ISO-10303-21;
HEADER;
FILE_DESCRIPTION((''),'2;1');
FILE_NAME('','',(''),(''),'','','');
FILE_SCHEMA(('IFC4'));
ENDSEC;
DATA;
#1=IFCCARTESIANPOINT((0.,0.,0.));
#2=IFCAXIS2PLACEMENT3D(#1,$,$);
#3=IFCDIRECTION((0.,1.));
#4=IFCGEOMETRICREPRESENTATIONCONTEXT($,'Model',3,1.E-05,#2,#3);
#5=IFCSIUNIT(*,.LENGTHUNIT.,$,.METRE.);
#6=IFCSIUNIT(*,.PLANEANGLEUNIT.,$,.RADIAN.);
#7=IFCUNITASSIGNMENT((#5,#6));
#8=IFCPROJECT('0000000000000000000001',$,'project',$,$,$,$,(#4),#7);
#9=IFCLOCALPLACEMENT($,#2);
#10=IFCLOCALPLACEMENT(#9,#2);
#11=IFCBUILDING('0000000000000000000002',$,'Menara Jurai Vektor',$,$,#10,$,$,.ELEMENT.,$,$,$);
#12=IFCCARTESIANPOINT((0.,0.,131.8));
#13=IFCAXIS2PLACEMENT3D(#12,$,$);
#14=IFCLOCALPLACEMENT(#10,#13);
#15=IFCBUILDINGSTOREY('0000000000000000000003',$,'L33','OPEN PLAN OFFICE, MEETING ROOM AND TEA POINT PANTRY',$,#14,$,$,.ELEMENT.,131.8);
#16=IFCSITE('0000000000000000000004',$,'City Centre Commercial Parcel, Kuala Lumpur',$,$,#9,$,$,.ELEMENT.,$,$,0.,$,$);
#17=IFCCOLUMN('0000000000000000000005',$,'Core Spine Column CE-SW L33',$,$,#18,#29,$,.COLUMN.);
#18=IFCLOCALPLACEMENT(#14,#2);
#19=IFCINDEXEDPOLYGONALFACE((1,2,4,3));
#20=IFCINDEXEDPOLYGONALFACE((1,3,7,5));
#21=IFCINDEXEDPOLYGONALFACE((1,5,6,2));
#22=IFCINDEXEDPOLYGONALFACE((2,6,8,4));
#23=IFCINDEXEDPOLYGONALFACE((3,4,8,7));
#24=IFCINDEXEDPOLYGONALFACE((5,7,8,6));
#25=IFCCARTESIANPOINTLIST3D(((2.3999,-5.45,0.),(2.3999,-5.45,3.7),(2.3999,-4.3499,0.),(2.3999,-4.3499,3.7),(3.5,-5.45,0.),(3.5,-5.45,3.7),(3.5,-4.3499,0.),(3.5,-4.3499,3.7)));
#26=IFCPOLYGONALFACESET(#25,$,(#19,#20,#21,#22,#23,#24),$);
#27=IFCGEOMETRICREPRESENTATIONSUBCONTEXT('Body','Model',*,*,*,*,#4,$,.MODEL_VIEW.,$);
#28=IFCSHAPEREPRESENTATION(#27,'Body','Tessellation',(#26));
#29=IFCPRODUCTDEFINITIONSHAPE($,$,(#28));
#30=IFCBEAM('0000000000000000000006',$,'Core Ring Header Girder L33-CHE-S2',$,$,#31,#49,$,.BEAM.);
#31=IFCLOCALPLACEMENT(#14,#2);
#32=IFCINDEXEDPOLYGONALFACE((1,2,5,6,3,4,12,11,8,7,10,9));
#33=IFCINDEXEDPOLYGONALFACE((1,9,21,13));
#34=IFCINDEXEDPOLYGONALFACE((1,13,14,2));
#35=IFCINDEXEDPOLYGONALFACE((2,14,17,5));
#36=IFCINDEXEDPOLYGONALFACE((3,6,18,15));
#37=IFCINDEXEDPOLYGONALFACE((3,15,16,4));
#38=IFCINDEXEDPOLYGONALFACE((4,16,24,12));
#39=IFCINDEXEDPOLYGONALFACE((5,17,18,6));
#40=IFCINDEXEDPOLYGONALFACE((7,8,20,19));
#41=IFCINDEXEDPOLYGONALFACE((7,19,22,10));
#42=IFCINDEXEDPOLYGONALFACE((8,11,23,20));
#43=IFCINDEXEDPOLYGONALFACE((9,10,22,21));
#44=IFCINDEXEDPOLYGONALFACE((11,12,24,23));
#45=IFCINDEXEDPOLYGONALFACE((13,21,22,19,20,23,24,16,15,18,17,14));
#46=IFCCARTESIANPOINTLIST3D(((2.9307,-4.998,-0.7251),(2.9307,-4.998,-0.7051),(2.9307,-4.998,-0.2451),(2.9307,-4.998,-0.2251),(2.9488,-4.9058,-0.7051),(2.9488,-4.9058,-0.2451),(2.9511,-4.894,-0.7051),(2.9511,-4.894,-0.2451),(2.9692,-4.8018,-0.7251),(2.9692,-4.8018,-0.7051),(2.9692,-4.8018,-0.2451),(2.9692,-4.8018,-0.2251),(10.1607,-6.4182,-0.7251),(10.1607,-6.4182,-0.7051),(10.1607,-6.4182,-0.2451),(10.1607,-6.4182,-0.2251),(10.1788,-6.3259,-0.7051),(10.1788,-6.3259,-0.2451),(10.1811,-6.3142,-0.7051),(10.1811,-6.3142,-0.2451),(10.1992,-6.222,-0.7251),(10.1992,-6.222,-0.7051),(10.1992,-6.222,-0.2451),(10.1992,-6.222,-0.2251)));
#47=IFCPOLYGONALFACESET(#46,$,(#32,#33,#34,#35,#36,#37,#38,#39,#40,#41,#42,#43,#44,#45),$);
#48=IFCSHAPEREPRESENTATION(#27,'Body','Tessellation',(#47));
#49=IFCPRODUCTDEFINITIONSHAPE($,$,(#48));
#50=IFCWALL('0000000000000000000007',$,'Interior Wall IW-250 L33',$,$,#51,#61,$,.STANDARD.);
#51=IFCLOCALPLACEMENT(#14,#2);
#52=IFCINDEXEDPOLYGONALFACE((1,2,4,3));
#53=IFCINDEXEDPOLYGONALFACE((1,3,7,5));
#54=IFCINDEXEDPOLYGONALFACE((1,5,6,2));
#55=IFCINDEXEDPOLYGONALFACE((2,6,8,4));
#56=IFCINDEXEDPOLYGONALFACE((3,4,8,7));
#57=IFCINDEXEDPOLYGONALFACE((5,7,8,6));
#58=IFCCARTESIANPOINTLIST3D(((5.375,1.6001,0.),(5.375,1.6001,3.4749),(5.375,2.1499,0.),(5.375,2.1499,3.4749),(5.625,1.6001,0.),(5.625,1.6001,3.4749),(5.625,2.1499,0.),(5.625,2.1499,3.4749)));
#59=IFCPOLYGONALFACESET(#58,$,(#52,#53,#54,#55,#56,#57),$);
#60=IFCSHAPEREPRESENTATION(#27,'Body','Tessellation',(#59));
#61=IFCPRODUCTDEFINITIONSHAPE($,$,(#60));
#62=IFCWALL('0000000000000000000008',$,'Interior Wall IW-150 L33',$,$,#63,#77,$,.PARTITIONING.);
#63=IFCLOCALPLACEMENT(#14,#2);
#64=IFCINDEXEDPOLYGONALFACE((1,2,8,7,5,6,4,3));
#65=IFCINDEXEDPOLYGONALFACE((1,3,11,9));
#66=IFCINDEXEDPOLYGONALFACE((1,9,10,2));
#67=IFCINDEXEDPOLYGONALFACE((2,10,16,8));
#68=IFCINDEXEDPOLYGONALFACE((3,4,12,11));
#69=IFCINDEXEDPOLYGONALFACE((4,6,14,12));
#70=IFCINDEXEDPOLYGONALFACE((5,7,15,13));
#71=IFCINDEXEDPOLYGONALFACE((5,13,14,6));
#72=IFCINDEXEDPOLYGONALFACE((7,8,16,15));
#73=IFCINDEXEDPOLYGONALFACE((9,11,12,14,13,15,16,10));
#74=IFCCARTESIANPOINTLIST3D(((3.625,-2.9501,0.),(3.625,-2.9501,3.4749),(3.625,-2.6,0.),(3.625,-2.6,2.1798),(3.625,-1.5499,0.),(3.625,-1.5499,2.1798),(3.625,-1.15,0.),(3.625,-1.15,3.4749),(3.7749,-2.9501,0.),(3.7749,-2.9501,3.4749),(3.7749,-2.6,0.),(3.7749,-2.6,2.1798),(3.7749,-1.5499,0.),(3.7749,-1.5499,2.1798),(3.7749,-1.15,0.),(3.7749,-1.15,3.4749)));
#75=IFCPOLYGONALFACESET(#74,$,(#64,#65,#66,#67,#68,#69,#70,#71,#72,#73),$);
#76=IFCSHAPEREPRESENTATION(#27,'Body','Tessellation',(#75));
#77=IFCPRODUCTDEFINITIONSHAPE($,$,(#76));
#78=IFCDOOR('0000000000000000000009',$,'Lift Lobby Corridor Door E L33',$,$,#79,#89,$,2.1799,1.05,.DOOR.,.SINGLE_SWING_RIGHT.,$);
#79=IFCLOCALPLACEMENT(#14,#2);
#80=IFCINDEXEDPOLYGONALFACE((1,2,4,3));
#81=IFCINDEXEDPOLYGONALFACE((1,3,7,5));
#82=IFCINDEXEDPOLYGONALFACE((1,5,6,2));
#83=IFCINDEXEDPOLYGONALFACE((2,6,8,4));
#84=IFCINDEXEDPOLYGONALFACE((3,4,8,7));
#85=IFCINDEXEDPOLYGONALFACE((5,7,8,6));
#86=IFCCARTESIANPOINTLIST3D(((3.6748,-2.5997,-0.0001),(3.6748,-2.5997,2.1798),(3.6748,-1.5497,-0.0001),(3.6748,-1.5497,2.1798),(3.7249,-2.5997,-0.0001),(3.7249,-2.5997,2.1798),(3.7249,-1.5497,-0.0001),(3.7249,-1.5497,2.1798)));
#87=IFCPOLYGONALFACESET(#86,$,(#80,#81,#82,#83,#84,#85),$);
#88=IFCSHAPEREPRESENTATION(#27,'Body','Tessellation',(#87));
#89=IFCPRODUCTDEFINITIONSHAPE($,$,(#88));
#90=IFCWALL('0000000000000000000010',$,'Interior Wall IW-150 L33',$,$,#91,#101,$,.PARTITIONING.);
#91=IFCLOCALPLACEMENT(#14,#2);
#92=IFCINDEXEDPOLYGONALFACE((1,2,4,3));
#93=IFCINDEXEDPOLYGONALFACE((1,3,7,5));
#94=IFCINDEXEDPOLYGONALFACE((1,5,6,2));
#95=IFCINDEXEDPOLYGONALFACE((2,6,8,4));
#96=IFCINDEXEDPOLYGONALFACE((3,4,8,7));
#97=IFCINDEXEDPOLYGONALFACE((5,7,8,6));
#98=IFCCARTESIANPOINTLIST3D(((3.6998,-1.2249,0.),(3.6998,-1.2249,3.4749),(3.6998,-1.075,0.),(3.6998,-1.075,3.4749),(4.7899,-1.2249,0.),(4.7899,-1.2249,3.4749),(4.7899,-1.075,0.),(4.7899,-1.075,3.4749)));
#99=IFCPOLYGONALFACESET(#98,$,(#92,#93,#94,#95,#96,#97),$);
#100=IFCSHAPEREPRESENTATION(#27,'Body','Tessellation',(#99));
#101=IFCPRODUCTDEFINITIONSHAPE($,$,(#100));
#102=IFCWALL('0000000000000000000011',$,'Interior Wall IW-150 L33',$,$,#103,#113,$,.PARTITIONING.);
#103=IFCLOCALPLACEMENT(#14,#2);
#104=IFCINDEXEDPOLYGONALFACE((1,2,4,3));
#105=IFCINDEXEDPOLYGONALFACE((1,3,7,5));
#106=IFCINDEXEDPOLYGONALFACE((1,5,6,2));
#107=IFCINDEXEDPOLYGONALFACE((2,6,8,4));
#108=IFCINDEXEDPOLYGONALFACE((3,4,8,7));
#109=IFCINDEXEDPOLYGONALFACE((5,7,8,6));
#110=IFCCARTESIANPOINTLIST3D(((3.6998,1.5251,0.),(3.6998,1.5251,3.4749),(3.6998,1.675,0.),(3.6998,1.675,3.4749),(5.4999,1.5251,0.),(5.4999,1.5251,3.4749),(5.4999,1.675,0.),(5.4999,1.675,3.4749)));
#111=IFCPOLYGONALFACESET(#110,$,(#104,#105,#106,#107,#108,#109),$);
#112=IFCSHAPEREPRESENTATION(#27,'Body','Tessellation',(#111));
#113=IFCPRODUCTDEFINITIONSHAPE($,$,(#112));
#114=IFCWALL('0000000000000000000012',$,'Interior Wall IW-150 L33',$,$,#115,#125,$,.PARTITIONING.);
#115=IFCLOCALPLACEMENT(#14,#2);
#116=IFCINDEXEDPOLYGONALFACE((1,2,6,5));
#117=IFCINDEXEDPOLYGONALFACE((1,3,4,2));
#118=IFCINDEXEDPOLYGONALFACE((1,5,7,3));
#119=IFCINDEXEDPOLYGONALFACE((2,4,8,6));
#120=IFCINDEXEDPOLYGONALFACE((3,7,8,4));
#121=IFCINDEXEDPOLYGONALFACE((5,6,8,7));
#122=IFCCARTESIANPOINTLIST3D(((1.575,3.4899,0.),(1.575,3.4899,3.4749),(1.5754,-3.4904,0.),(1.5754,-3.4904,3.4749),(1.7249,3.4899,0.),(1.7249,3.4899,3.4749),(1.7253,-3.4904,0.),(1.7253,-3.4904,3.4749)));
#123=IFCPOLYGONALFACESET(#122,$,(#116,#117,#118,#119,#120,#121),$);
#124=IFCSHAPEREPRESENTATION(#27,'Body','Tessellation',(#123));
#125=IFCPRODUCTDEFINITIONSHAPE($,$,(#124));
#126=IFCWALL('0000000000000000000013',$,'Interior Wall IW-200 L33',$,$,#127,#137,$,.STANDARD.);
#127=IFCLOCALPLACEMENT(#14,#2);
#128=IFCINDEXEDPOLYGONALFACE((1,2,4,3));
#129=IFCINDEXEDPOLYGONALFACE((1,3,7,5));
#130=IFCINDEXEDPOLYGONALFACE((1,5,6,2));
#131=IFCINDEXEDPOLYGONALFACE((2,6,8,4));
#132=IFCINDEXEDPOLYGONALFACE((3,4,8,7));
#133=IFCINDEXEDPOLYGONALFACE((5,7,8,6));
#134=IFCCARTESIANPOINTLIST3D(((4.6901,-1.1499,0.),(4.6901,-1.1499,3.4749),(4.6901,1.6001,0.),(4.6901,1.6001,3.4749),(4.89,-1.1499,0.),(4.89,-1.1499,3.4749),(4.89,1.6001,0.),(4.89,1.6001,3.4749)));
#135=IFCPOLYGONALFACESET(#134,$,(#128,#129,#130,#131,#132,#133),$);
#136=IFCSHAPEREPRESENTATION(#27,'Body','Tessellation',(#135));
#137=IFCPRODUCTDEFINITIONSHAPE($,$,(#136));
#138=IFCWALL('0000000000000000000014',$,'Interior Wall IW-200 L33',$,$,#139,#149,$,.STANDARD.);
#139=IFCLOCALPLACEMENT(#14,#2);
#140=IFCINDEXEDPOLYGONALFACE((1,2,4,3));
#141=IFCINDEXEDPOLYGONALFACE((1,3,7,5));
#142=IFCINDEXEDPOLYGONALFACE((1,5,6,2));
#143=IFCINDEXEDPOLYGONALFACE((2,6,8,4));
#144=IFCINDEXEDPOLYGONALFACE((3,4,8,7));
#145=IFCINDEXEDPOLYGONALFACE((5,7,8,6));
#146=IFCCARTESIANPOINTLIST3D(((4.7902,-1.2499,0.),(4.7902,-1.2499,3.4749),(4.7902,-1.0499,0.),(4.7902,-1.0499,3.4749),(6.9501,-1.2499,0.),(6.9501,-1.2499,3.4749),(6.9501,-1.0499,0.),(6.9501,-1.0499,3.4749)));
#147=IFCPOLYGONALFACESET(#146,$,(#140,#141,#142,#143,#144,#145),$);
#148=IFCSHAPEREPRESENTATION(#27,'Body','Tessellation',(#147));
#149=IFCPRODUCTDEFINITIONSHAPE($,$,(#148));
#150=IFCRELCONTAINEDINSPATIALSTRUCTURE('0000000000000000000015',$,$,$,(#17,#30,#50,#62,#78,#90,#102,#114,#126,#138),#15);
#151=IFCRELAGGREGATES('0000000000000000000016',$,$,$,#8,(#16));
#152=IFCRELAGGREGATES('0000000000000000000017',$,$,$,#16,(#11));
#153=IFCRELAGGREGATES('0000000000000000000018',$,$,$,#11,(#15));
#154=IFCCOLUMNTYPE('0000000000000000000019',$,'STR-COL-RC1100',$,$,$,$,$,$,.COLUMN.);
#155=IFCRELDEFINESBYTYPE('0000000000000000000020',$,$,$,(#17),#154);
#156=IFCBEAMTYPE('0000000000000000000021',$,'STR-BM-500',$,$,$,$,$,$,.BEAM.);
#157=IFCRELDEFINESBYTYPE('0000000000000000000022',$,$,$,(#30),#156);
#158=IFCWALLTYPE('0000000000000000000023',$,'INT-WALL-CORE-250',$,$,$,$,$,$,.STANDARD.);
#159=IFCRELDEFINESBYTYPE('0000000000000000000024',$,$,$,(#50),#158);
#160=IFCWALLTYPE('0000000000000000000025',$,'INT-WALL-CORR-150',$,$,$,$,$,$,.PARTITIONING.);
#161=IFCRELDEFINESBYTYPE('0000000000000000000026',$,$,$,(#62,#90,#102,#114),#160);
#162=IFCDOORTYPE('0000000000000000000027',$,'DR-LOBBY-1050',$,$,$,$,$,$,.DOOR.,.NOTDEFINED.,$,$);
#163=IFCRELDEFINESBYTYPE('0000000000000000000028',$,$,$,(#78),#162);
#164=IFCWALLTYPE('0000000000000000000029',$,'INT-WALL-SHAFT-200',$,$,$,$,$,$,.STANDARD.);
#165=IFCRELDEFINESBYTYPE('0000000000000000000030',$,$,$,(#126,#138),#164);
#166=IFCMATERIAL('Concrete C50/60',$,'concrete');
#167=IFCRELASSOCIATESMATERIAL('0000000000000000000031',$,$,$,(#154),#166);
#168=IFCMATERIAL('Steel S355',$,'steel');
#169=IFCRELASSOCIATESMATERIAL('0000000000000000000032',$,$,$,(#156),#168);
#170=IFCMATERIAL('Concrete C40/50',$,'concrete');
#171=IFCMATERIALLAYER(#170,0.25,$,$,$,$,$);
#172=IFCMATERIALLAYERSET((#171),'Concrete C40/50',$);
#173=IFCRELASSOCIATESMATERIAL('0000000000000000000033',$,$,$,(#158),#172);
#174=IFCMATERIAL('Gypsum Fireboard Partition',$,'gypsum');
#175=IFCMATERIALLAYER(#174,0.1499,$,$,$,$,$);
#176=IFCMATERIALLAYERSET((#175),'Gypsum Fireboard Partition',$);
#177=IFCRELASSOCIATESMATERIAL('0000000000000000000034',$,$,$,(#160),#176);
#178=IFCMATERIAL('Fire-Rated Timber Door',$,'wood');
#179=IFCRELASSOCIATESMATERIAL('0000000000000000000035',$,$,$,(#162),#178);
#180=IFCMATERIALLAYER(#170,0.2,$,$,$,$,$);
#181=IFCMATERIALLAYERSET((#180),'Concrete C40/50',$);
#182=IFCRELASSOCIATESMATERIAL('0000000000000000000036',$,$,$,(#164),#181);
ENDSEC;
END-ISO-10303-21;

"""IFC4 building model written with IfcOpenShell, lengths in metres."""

from ifc_helpers import new_model, si_unit, direction, frame, frame_2d, origin, origin_2d, place, context, subcontext, project, spatial, rectangle, i_section, extrude, material, layer, layer_set, material_profile, profile_set, type_object, element, fill, save


model = new_model("IFC4")

# Units and contexts
model_context = context("Model", 3, precision=1e-05, world=origin(), true_north=direction((0.0, 1.0)))
body_context = subcontext(model_context, "Body", "Model", "MODEL_VIEW")
ifc_project = project(units=[si_unit("LENGTHUNIT", "METRE"), si_unit("PLANEANGLEUNIT", "RADIAN")], contexts=[model_context])

# Site, building, storey
site_placement = place(None, origin())
site = spatial("IfcSite", under=ifc_project, at=site_placement, Name="City Centre Commercial Parcel, Kuala Lumpur", CompositionType="ELEMENT", RefElevation=0.0)
building_placement = place(site_placement, origin())
building = spatial("IfcBuilding", under=site, at=building_placement, Name="Menara Jurai Vektor", CompositionType="ELEMENT")
storey_placement = place(building_placement, frame((0.0, 0.0, 131.8)))
storey = spatial("IfcBuildingStorey", under=building, at=storey_placement, Name="L33", Description="OPEN PLAN OFFICE, MEETING ROOM AND TEA POINT PANTRY", CompositionType="ELEMENT", Elevation=131.8)

# Column
ifc_material_1 = material(Name="Concrete C50/60", Category="concrete")
ifc_material_profile_1 = material_profile(ifc_material_1, rectangle(XDim=1.1001, YDim=1.1001, at=origin_2d()), Name="RC 1100x1100")
ifc_profile_set_1 = profile_set([ifc_material_profile_1], Name="Concrete C50/60")
column_type = type_object("IfcColumnType", Name="STR-COL-RC1100", PredefinedType="COLUMN", material=ifc_profile_set_1)
column_placement = place(storey_placement, frame((2.95, -4.8999, 0.0), z_axis=(0.0, 0.0, 1.0), x_axis=(1.0, 0.0, 0.0)))
element("IfcColumn", 1, at=column_placement, inside=storey, type_object=column_type, Name="Core Spine Column CE-SW L33", PredefinedType="COLUMN", context=body_context, shape_type="SweptSolid", body=[
    extrude(rectangle(XDim=1.1001, YDim=1.1001, at=origin_2d()), origin(), (0.0, 0.0, 1.0), 3.7),
])

# Beam
ifc_material_2 = material(Name="Steel S355", Category="steel")
ifc_material_profile_2 = material_profile(ifc_material_2, i_section(OverallWidth=0.2, OverallDepth=0.5, WebThickness=0.012, FlangeThickness=0.02, at=origin_2d()), Name="PG 500x200x96")
ifc_profile_set_2 = profile_set([ifc_material_profile_2], Name="Steel S355")
beam_type = type_object("IfcBeamType", Name="STR-BM-500", PredefinedType="BEAM", material=ifc_profile_set_2)
beam_placement = place(storey_placement, frame((2.95, -4.8999, -0.4751), z_axis=(0.981249, -0.192744, 0.0), x_axis=(0.192744, 0.981249, 0.0)))
element("IfcBeam", 2, at=beam_placement, inside=storey, type_object=beam_type, Name="Core Ring Header Girder L33-CHE-S2", PredefinedType="BEAM", context=body_context, shape_type="SweptSolid", body=[
    extrude(i_section(OverallWidth=0.2, OverallDepth=0.5, WebThickness=0.012, FlangeThickness=0.02, at=origin_2d()), origin(), (0.0, 0.0, 1.0), 7.3682),
])

# Wall
ifc_material_3 = material(Name="Concrete C40/50", Category="concrete")
ifc_layer_1 = layer(ifc_material_3, 0.25)
ifc_layer_set_1 = layer_set([ifc_layer_1], Name="Concrete C40/50")
wall_type_1 = type_object("IfcWallType", Name="INT-WALL-CORE-250", PredefinedType="STANDARD", material=ifc_layer_set_1)
wall_1_placement = place(storey_placement, frame((5.5, 1.6001, 0.0), z_axis=(0.0, 0.0, 1.0), x_axis=(0.0, 1.0, 0.0)))
element("IfcWall", 3, at=wall_1_placement, inside=storey, type_object=wall_type_1, Name="Interior Wall IW-250 L33", PredefinedType="STANDARD", context=body_context, shape_type="SweptSolid", body=[
    extrude(rectangle(XDim=0.5498, YDim=0.25, at=frame_2d((0.2749, 0.0))), origin(), (0.0, 0.0, 1.0), 3.4749),
])

# Wall, opening, door
ifc_material_4 = material(Name="Gypsum Fireboard Partition", Category="gypsum")
ifc_layer_2 = layer(ifc_material_4, 0.1499)
ifc_layer_set_2 = layer_set([ifc_layer_2], Name="Gypsum Fireboard Partition")
wall_type_2 = type_object("IfcWallType", Name="INT-WALL-CORR-150", PredefinedType="PARTITIONING", material=ifc_layer_set_2)
wall_2_placement = place(storey_placement, frame((3.7, -2.95, 0.0), z_axis=(0.0, 0.0, 1.0), x_axis=(0.0, 1.0, 0.0)))
wall_2 = element("IfcWall", 4, at=wall_2_placement, inside=storey, type_object=wall_type_2, Name="Interior Wall IW-150 L33", PredefinedType="PARTITIONING", context=body_context, shape_type="SweptSolid", body=[
    extrude(rectangle(XDim=1.8, YDim=0.1499, at=frame_2d((0.8999, 0.0))), origin(), (0.0, 0.0, 1.0), 3.4749),
])
opening_1_placement = place(wall_2_placement, frame((0.3501, 0.0, 0.0)))
opening_1 = element("IfcOpeningElement", 5, at=opening_1_placement, cuts=wall_2, PredefinedType="OPENING", context=body_context, shape_type="SweptSolid", body=[
    extrude(rectangle(XDim=1.05, YDim=2.1799, at=frame_2d((0.5249, 1.0898))), frame((0.0, 0.085, 0.0), z_axis=(0.0, -1.0, 0.0), x_axis=(1.0, 0.0, 0.0)), (0.0, 0.0, 1.0), 0.1699),
])
ifc_material_5 = material(Name="Fire-Rated Timber Door", Category="wood")
door_type_1 = type_object("IfcDoorType", Name="DR-LOBBY-1050", OperationType="NOTDEFINED", PredefinedType="DOOR", material=ifc_material_5)
door_1_placement = place(opening_1_placement, frame((1.05, 0.0, 0.0), z_axis=(0.0, 0.0, 1.0), x_axis=(-1.0, 0.0, 0.0)))
door_1 = element("IfcDoor", 6, at=door_1_placement, inside=storey, type_object=door_type_1, Name="Lift Lobby Corridor Door E L33", OperationType="SINGLE_SWING_RIGHT", OverallHeight=2.1799, OverallWidth=1.05, PredefinedType="DOOR", context=body_context, shape_type="SweptSolid", body=[
    extrude(rectangle(XDim=1.05, YDim=2.1799, at=frame_2d((0.5249, 1.0898))), frame((0.0, 0.0249, 0.0), z_axis=(0.0, -1.0, 0.0), x_axis=(1.0, 0.0, 0.0)), (0.0, 0.0, 1.0), 0.05),
])
fill(opening_1, door_1)

# Walls
wall_3_placement = place(storey_placement, frame((3.7, -1.1499, 0.0), z_axis=(0.0, 0.0, 1.0), x_axis=(1.0, 0.0, 0.0)))
element("IfcWall", 7, at=wall_3_placement, inside=storey, type_object=wall_type_2, Name="Interior Wall IW-150 L33", PredefinedType="PARTITIONING", context=body_context, shape_type="SweptSolid", body=[
    extrude(rectangle(XDim=1.0901, YDim=0.1499, at=frame_2d((0.5449, 0.0))), origin(), (0.0, 0.0, 1.0), 3.4749),
])
wall_4_placement = place(storey_placement, frame((3.7, 1.6001, 0.0), z_axis=(0.0, 0.0, 1.0), x_axis=(1.0, 0.0, 0.0)))
element("IfcWall", 8, at=wall_4_placement, inside=storey, type_object=wall_type_2, Name="Interior Wall IW-150 L33", PredefinedType="PARTITIONING", context=body_context, shape_type="SweptSolid", body=[
    extrude(rectangle(XDim=1.8, YDim=0.1499, at=frame_2d((0.8999, 0.0))), origin(), (0.0, 0.0, 1.0), 3.4749),
])
wall_5_placement = place(storey_placement, frame((1.6504, -3.4905, 0.0), z_axis=(0.0, 0.0, 1.0), x_axis=(-0.00007, 1.0, 0.0)))
element("IfcWall", 9, at=wall_5_placement, inside=storey, type_object=wall_type_2, Name="Interior Wall IW-150 L33", PredefinedType="PARTITIONING", context=body_context, shape_type="SweptSolid", body=[
    extrude(rectangle(XDim=6.9802, YDim=0.1499, at=frame_2d((3.4902, 0.0))), origin(), (0.0, 0.0, 1.0), 3.4749),
])

# Shared definitions
ifc_layer_3 = layer(ifc_material_3, 0.2)
ifc_layer_set_3 = layer_set([ifc_layer_3], Name="Concrete C40/50")
wall_type_3 = type_object("IfcWallType", Name="INT-WALL-SHAFT-200", PredefinedType="STANDARD", material=ifc_layer_set_3)

# Walls
wall_6_placement = place(storey_placement, frame((4.79, -1.1499, 0.0), z_axis=(0.0, 0.0, 1.0), x_axis=(0.0, 1.0, 0.0)))
element("IfcWall", 10, at=wall_6_placement, inside=storey, type_object=wall_type_3, Name="Interior Wall IW-200 L33", PredefinedType="STANDARD", context=body_context, shape_type="SweptSolid", body=[
    extrude(rectangle(XDim=2.75, YDim=0.2, at=frame_2d((1.375, 0.0))), origin(), (0.0, 0.0, 1.0), 3.4749),
])
wall_7_placement = place(storey_placement, frame((4.79, -1.1499, 0.0), z_axis=(0.0, 0.0, 1.0), x_axis=(1.0, 0.0, 0.0)))
element("IfcWall", 11, at=wall_7_placement, inside=storey, type_object=wall_type_3, Name="Interior Wall IW-200 L33", PredefinedType="STANDARD", context=body_context, shape_type="SweptSolid", body=[
    extrude(rectangle(XDim=2.1599, YDim=0.2, at=frame_2d((1.0801, 0.0))), origin(), (0.0, 0.0, 1.0), 3.4749),
])

save(model, "model.ifc")
